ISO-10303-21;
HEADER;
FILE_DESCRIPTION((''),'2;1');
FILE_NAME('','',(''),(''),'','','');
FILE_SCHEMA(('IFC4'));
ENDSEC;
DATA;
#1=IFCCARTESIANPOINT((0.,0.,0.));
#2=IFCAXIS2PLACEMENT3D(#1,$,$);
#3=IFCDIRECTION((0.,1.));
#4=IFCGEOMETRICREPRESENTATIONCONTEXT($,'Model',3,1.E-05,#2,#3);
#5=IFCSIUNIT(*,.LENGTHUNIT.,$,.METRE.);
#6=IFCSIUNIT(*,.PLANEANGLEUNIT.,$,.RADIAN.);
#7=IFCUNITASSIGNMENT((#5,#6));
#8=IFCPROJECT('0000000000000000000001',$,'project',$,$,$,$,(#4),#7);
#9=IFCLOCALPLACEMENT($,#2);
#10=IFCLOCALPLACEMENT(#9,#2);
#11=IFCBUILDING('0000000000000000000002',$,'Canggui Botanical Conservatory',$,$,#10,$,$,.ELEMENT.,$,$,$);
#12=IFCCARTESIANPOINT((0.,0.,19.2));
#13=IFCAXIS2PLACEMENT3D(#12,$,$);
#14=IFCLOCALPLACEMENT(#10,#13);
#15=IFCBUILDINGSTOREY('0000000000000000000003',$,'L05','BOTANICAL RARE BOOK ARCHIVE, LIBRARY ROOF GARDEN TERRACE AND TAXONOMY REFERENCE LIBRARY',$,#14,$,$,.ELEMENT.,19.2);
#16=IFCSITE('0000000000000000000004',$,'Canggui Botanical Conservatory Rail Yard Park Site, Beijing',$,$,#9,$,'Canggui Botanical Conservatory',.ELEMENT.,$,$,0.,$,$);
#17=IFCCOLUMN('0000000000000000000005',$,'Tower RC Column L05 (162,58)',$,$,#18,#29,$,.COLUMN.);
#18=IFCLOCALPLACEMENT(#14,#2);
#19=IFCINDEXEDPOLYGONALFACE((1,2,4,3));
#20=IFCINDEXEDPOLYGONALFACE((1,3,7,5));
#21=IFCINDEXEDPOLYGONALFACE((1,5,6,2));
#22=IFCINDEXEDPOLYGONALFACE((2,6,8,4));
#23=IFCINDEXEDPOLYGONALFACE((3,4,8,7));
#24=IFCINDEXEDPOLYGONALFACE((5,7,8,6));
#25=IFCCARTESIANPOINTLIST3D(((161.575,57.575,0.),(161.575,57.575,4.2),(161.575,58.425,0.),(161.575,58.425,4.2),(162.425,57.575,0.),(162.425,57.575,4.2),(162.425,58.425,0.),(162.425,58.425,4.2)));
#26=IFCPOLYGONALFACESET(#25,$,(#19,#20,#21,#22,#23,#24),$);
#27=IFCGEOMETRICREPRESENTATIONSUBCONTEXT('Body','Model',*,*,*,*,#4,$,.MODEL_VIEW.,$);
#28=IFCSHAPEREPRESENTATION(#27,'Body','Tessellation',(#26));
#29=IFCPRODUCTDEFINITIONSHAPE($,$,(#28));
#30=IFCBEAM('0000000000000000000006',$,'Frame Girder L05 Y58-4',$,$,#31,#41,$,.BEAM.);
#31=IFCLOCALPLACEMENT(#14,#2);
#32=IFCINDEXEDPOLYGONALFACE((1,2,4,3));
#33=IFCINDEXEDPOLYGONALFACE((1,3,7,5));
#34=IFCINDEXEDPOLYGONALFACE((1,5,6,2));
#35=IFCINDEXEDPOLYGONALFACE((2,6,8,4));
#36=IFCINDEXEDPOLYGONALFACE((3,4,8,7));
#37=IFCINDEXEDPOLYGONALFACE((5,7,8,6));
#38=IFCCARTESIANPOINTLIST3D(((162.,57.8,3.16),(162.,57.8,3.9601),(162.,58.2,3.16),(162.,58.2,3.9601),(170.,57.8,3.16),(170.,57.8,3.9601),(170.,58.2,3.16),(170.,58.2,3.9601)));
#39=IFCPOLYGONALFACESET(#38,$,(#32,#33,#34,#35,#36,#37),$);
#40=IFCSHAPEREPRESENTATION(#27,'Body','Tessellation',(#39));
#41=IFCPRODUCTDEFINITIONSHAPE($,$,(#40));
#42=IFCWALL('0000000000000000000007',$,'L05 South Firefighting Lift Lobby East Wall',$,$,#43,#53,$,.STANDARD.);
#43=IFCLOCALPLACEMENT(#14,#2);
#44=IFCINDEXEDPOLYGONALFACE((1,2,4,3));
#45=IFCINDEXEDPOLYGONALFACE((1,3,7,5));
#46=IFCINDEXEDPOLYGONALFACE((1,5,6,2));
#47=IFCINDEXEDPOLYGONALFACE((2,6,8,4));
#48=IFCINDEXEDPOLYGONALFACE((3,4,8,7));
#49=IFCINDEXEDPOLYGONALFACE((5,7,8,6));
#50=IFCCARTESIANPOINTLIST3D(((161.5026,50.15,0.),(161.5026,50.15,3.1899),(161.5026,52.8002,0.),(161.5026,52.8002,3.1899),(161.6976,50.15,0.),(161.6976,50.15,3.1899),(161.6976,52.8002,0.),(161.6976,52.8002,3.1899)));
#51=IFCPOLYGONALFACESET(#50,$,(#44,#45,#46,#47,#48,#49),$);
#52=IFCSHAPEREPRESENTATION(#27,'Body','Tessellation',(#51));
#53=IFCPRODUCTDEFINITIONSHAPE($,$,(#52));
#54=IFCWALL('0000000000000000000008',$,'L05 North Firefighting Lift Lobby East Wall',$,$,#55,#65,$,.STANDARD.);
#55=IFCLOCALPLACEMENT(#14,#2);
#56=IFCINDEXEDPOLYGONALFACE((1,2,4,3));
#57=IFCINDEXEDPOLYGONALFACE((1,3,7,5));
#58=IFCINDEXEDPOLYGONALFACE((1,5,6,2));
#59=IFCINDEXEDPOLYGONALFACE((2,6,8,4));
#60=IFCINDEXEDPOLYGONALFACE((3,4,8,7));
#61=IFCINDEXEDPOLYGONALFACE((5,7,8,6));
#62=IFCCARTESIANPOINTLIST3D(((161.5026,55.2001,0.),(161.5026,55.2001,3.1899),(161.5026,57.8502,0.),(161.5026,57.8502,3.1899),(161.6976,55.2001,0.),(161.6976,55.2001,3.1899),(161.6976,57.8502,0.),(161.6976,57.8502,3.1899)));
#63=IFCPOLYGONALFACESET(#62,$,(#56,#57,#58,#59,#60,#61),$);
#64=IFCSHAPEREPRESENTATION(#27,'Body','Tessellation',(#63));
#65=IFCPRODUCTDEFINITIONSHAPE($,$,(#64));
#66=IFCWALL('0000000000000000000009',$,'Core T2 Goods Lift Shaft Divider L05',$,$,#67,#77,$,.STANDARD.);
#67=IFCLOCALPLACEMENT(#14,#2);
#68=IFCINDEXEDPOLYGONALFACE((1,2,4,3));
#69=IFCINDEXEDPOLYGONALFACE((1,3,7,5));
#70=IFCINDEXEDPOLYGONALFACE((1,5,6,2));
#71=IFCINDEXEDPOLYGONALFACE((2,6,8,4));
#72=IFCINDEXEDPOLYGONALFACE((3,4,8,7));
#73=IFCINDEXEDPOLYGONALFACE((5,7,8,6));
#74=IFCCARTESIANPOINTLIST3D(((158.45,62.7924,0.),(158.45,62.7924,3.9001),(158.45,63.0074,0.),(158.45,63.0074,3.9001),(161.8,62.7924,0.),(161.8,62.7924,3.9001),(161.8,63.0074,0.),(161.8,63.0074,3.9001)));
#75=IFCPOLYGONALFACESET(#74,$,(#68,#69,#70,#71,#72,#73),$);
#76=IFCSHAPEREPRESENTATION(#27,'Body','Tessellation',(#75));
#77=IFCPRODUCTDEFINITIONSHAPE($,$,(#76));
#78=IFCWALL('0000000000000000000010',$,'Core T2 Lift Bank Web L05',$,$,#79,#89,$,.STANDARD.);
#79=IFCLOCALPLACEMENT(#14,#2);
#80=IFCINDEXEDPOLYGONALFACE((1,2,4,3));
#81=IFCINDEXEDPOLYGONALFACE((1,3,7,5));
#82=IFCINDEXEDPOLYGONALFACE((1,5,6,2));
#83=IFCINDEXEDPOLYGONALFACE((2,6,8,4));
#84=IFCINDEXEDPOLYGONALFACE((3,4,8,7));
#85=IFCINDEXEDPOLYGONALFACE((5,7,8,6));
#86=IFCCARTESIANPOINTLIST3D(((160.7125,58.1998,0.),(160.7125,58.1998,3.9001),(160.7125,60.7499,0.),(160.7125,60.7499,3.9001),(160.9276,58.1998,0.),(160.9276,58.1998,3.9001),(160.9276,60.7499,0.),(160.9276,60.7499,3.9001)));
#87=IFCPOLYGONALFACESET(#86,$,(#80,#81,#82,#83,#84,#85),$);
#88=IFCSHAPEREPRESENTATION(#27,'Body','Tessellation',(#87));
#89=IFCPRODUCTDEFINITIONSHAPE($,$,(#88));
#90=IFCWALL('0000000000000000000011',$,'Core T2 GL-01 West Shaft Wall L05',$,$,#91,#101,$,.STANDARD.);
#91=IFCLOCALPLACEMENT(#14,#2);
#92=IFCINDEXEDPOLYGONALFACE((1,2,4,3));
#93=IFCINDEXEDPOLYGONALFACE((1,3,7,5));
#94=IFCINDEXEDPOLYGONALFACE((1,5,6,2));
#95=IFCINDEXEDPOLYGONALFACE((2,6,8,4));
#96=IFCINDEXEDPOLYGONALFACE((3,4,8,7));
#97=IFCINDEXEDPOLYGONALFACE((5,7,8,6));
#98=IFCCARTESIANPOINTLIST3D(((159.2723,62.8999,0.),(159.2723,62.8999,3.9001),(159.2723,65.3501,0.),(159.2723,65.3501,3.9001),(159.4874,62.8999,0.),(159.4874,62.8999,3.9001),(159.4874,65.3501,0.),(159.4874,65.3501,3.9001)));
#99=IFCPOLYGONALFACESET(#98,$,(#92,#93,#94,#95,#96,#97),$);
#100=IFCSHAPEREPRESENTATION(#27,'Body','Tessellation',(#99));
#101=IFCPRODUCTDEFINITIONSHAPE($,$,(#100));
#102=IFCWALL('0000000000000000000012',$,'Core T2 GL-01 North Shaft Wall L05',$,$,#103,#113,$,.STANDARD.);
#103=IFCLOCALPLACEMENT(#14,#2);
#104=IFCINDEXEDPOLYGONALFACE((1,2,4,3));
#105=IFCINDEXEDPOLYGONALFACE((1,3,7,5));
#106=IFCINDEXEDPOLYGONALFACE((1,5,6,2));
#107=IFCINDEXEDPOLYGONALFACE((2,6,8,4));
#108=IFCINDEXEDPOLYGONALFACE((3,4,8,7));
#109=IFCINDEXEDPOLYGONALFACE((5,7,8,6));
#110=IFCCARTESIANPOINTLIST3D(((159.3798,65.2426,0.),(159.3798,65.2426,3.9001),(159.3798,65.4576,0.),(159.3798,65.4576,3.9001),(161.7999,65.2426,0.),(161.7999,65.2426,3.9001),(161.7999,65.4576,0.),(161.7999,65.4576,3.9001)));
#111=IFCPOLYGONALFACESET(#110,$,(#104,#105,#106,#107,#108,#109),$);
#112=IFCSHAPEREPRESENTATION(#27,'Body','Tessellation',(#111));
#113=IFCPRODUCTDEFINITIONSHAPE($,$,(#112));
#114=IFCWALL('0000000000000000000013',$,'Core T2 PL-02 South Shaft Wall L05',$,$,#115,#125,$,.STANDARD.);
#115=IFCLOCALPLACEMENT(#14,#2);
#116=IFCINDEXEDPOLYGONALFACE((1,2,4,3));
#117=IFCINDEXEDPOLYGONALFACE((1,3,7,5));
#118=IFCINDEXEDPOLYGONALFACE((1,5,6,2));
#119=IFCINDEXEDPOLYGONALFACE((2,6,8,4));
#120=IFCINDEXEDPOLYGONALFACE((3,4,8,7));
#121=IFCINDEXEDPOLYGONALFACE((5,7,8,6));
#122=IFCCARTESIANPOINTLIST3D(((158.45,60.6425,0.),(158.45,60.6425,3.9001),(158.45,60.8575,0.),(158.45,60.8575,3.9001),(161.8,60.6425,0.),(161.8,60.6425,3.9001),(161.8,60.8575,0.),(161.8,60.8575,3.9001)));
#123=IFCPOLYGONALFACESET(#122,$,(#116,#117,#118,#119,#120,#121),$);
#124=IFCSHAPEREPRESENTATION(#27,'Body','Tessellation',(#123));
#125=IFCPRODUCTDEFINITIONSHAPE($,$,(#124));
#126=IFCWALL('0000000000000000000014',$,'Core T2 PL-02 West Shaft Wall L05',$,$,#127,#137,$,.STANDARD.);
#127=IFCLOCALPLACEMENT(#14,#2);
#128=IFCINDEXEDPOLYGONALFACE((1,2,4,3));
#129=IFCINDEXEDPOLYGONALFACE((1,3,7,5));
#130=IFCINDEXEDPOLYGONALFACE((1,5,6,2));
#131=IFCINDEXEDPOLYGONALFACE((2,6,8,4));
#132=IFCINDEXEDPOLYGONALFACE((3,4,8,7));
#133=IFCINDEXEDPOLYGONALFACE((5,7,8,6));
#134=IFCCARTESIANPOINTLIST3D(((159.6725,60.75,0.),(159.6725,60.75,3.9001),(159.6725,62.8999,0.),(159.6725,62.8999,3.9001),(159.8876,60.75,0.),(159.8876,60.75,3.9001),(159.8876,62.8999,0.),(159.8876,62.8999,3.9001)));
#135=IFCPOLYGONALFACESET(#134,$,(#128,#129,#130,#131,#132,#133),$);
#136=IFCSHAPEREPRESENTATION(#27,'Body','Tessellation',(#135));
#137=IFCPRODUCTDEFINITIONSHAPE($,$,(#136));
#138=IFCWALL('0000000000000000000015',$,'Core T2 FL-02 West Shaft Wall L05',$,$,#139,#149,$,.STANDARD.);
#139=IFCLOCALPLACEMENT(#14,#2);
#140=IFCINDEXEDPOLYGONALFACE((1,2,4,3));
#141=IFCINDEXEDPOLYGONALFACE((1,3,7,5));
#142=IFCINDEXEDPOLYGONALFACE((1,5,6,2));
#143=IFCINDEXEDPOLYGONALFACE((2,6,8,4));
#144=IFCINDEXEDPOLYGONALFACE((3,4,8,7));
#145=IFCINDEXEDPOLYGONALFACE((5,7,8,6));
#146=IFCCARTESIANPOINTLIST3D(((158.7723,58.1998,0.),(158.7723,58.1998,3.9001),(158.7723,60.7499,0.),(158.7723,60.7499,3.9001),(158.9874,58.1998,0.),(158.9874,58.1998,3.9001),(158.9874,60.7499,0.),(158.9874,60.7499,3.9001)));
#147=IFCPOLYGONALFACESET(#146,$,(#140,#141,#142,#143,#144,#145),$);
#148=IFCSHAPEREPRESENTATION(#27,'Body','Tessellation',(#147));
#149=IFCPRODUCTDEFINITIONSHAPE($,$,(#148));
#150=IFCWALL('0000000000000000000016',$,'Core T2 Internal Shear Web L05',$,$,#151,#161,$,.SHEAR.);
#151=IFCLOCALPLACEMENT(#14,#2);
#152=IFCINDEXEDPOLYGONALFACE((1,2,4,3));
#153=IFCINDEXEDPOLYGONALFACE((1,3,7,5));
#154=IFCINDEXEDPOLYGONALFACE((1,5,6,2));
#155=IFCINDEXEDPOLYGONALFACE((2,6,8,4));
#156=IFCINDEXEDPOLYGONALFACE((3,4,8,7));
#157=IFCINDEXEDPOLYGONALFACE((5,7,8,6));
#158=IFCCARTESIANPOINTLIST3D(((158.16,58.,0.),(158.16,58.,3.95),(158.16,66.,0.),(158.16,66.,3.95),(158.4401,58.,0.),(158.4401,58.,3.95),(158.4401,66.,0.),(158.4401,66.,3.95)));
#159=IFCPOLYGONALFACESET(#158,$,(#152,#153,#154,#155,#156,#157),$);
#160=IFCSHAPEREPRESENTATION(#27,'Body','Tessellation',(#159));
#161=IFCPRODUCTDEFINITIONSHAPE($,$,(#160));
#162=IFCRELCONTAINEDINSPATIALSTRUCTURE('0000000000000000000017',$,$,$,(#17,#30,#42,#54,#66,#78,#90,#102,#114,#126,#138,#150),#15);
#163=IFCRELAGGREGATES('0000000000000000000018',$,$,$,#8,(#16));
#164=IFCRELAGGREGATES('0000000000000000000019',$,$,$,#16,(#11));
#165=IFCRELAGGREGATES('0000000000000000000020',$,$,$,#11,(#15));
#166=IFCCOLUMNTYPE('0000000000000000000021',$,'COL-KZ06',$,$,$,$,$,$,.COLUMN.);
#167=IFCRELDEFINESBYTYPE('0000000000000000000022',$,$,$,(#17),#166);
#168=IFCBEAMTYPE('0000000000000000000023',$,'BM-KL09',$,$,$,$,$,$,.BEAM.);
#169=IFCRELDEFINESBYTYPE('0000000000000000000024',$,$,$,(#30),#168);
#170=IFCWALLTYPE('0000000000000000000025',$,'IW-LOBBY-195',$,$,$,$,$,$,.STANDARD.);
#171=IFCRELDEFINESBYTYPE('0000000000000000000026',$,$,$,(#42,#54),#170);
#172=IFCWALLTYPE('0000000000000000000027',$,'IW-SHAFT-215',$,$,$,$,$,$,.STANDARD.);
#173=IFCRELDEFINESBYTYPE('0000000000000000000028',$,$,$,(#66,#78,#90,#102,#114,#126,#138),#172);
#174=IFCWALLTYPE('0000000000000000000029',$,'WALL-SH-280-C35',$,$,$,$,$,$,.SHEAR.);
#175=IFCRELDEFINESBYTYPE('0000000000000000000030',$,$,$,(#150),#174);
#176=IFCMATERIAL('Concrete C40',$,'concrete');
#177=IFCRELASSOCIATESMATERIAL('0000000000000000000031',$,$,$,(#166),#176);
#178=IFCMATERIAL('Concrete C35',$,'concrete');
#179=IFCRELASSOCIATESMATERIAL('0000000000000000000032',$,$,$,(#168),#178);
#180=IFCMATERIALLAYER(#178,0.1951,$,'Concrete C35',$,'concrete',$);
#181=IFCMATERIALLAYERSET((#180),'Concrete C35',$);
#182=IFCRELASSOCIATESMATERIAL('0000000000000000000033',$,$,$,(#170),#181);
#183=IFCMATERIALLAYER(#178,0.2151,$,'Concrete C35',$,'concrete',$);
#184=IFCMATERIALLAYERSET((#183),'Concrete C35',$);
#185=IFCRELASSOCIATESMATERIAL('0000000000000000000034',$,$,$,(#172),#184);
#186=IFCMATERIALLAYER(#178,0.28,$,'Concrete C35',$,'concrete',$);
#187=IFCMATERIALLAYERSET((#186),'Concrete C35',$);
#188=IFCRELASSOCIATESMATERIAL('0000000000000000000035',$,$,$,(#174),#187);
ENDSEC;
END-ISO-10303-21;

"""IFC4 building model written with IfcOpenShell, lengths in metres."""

from ifc_helpers import new_model, si_unit, direction, frame, frame_2d, origin, origin_2d, place, context, subcontext, project, spatial, rectangle, extrude, material, layer, layer_set, material_profile, profile_set, type_object, element, save


model = new_model("IFC4")

# Units and contexts
model_context = context("Model", 3, precision=1e-05, world=origin(), true_north=direction((0.0, 1.0)))
body_context = subcontext(model_context, "Body", "Model", "MODEL_VIEW")
ifc_project = project(units=[si_unit("LENGTHUNIT", "METRE"), si_unit("PLANEANGLEUNIT", "RADIAN")], contexts=[model_context])

# Site, building, storey
site_placement = place(None, origin())
site = spatial("IfcSite", under=ifc_project, at=site_placement, Name="Canggui Botanical Conservatory Rail Yard Park Site, Beijing", LongName="Canggui Botanical Conservatory", CompositionType="ELEMENT", RefElevation=0.0)
building_placement = place(site_placement, origin())
building = spatial("IfcBuilding", under=site, at=building_placement, Name="Canggui Botanical Conservatory", CompositionType="ELEMENT")
storey_placement = place(building_placement, frame((0.0, 0.0, 19.2)))
storey = spatial("IfcBuildingStorey", under=building, at=storey_placement, Name="L05", Description="BOTANICAL RARE BOOK ARCHIVE, LIBRARY ROOF GARDEN TERRACE AND TAXONOMY REFERENCE LIBRARY", CompositionType="ELEMENT", Elevation=19.2)

# Column
ifc_material_1 = material(Name="Concrete C40", Category="concrete")
ifc_material_profile_1 = material_profile(ifc_material_1, rectangle(XDim=0.8501, YDim=0.8501, at=origin_2d()), Name="RC 850x850")
ifc_profile_set_1 = profile_set([ifc_material_profile_1], Name="Concrete C40")
column_type = type_object("IfcColumnType", Name="COL-KZ06", PredefinedType="COLUMN", material=ifc_profile_set_1)
column_placement = place(storey_placement, frame((162.0, 58.0, 0.0), z_axis=(0.0, 0.0, 1.0), x_axis=(1.0, 0.0, 0.0)))
element("IfcColumn", 1, at=column_placement, inside=storey, type_object=column_type, Name="Tower RC Column L05 (162,58)", PredefinedType="COLUMN", context=body_context, shape_type="SweptSolid", body=[
    extrude(rectangle(XDim=0.8501, YDim=0.8501, at=origin_2d()), origin(), (0.0, 0.0, 1.0), 4.2),
])

# Beam
ifc_material_2 = material(Name="Concrete C35", Category="concrete")
ifc_material_profile_2 = material_profile(ifc_material_2, rectangle(XDim=0.3999, YDim=0.8, at=origin_2d()), Name="RB 400x800")
ifc_profile_set_2 = profile_set([ifc_material_profile_2], Name="Concrete C35")
beam_type = type_object("IfcBeamType", Name="BM-KL09", PredefinedType="BEAM", material=ifc_profile_set_2)
beam_placement = place(storey_placement, frame((162.0, 58.0, 3.5601), z_axis=(1.0, 0.0, 0.0), x_axis=(0.0, 1.0, 0.0)))
element("IfcBeam", 2, at=beam_placement, inside=storey, type_object=beam_type, Name="Frame Girder L05 Y58-4", PredefinedType="BEAM", context=body_context, shape_type="SweptSolid", body=[
    extrude(rectangle(XDim=0.3999, YDim=0.8, at=origin_2d()), origin(), (0.0, 0.0, 1.0), 8.0),
])

# Walls
ifc_layer_1 = layer(ifc_material_2, 0.1951, Name="Concrete C35", Category="concrete")
ifc_layer_set_1 = layer_set([ifc_layer_1], Name="Concrete C35")
wall_type_1 = type_object("IfcWallType", Name="IW-LOBBY-195", PredefinedType="STANDARD", material=ifc_layer_set_1)
for number, where, z_axis, x_axis, name in (
    (3, (161.6001, 50.1499, 0.0), (0.0, 0.0, 1.0), (0.0, 1.0, 0.0), "L05 South Firefighting Lift Lobby East Wall"),
    (4, (161.6001, 55.2, 0.0), (0.0, 0.0, 1.0), (0.0, 1.0, 0.0), "L05 North Firefighting Lift Lobby East Wall"),
):
    element("IfcWall", number, at=place(storey_placement, frame(where, z_axis=z_axis, x_axis=x_axis)), inside=storey, type_object=wall_type_1, Name=name, PredefinedType="STANDARD", context=body_context, shape_type="SweptSolid", body=[
        extrude(rectangle(XDim=2.6501, YDim=0.1951, at=frame_2d((1.3252, 0.0))), origin(), (0.0, 0.0, 1.0), 3.1899),
    ])
ifc_layer_2 = layer(ifc_material_2, 0.2151, Name="Concrete C35", Category="concrete")
ifc_layer_set_2 = layer_set([ifc_layer_2], Name="Concrete C35")
wall_type_2 = type_object("IfcWallType", Name="IW-SHAFT-215", PredefinedType="STANDARD", material=ifc_layer_set_2)
wall_1_placement = place(storey_placement, frame((158.45, 62.8999, 0.0), z_axis=(0.0, 0.0, 1.0), x_axis=(1.0, 0.0, 0.0)))
element("IfcWall", 5, at=wall_1_placement, inside=storey, type_object=wall_type_2, Name="Core T2 Goods Lift Shaft Divider L05", PredefinedType="STANDARD", context=body_context, shape_type="SweptSolid", body=[
    extrude(rectangle(XDim=3.3501, YDim=0.2151, at=frame_2d((1.675, 0.0))), origin(), (0.0, 0.0, 1.0), 3.9001),
])
wall_2_placement = place(storey_placement, frame((160.8201, 58.2, 0.0), z_axis=(0.0, 0.0, 1.0), x_axis=(0.0, 1.0, 0.0)))
element("IfcWall", 6, at=wall_2_placement, inside=storey, type_object=wall_type_2, Name="Core T2 Lift Bank Web L05", PredefinedType="STANDARD", context=body_context, shape_type="SweptSolid", body=[
    extrude(rectangle(XDim=2.55, YDim=0.2151, at=frame_2d((1.2749, 0.0))), origin(), (0.0, 0.0, 1.0), 3.9001),
])
wall_3_placement = place(storey_placement, frame((159.3799, 62.8999, 0.0), z_axis=(0.0, 0.0, 1.0), x_axis=(0.0, 1.0, 0.0)))
element("IfcWall", 7, at=wall_3_placement, inside=storey, type_object=wall_type_2, Name="Core T2 GL-01 West Shaft Wall L05", PredefinedType="STANDARD", context=body_context, shape_type="SweptSolid", body=[
    extrude(rectangle(XDim=2.4502, YDim=0.2151, at=frame_2d((1.2251, 0.0))), origin(), (0.0, 0.0, 1.0), 3.9001),
])
wall_4_placement = place(storey_placement, frame((159.3799, 65.3501, 0.0), z_axis=(0.0, 0.0, 1.0), x_axis=(1.0, 0.0, 0.0)))
element("IfcWall", 8, at=wall_4_placement, inside=storey, type_object=wall_type_2, Name="Core T2 GL-01 North Shaft Wall L05", PredefinedType="STANDARD", context=body_context, shape_type="SweptSolid", body=[
    extrude(rectangle(XDim=2.4202, YDim=0.2151, at=frame_2d((1.21, 0.0))), origin(), (0.0, 0.0, 1.0), 3.9001),
])
wall_5_placement = place(storey_placement, frame((158.45, 60.75, 0.0), z_axis=(0.0, 0.0, 1.0), x_axis=(1.0, 0.0, 0.0)))
element("IfcWall", 9, at=wall_5_placement, inside=storey, type_object=wall_type_2, Name="Core T2 PL-02 South Shaft Wall L05", PredefinedType="STANDARD", context=body_context, shape_type="SweptSolid", body=[
    extrude(rectangle(XDim=3.3501, YDim=0.2151, at=frame_2d((1.675, 0.0))), origin(), (0.0, 0.0, 1.0), 3.9001),
])
wall_6_placement = place(storey_placement, frame((159.78, 60.75, 0.0), z_axis=(0.0, 0.0, 1.0), x_axis=(0.0, 1.0, 0.0)))
element("IfcWall", 10, at=wall_6_placement, inside=storey, type_object=wall_type_2, Name="Core T2 PL-02 West Shaft Wall L05", PredefinedType="STANDARD", context=body_context, shape_type="SweptSolid", body=[
    extrude(rectangle(XDim=2.1499, YDim=0.2151, at=frame_2d((1.075, 0.0))), origin(), (0.0, 0.0, 1.0), 3.9001),
])
wall_7_placement = place(storey_placement, frame((158.8799, 58.2, 0.0), z_axis=(0.0, 0.0, 1.0), x_axis=(0.0, 1.0, 0.0)))
element("IfcWall", 11, at=wall_7_placement, inside=storey, type_object=wall_type_2, Name="Core T2 FL-02 West Shaft Wall L05", PredefinedType="STANDARD", context=body_context, shape_type="SweptSolid", body=[
    extrude(rectangle(XDim=2.55, YDim=0.2151, at=frame_2d((1.2749, 0.0))), origin(), (0.0, 0.0, 1.0), 3.9001),
])
ifc_layer_3 = layer(ifc_material_2, 0.28, Name="Concrete C35", Category="concrete")
ifc_layer_set_3 = layer_set([ifc_layer_3], Name="Concrete C35")
wall_type_3 = type_object("IfcWallType", Name="WALL-SH-280-C35", PredefinedType="SHEAR", material=ifc_layer_set_3)
wall_8_placement = place(storey_placement, frame((158.3, 58.0, 0.0), z_axis=(0.0, 0.0, 1.0), x_axis=(0.0, 1.0, 0.0)))
element("IfcWall", 12, at=wall_8_placement, inside=storey, type_object=wall_type_3, Name="Core T2 Internal Shear Web L05", PredefinedType="SHEAR", context=body_context, shape_type="SweptSolid", body=[
    extrude(rectangle(XDim=8.0, YDim=0.28, at=frame_2d((4.0, 0.0))), origin(), (0.0, 0.0, 1.0), 3.95),
])

save(model, "model.ifc")
